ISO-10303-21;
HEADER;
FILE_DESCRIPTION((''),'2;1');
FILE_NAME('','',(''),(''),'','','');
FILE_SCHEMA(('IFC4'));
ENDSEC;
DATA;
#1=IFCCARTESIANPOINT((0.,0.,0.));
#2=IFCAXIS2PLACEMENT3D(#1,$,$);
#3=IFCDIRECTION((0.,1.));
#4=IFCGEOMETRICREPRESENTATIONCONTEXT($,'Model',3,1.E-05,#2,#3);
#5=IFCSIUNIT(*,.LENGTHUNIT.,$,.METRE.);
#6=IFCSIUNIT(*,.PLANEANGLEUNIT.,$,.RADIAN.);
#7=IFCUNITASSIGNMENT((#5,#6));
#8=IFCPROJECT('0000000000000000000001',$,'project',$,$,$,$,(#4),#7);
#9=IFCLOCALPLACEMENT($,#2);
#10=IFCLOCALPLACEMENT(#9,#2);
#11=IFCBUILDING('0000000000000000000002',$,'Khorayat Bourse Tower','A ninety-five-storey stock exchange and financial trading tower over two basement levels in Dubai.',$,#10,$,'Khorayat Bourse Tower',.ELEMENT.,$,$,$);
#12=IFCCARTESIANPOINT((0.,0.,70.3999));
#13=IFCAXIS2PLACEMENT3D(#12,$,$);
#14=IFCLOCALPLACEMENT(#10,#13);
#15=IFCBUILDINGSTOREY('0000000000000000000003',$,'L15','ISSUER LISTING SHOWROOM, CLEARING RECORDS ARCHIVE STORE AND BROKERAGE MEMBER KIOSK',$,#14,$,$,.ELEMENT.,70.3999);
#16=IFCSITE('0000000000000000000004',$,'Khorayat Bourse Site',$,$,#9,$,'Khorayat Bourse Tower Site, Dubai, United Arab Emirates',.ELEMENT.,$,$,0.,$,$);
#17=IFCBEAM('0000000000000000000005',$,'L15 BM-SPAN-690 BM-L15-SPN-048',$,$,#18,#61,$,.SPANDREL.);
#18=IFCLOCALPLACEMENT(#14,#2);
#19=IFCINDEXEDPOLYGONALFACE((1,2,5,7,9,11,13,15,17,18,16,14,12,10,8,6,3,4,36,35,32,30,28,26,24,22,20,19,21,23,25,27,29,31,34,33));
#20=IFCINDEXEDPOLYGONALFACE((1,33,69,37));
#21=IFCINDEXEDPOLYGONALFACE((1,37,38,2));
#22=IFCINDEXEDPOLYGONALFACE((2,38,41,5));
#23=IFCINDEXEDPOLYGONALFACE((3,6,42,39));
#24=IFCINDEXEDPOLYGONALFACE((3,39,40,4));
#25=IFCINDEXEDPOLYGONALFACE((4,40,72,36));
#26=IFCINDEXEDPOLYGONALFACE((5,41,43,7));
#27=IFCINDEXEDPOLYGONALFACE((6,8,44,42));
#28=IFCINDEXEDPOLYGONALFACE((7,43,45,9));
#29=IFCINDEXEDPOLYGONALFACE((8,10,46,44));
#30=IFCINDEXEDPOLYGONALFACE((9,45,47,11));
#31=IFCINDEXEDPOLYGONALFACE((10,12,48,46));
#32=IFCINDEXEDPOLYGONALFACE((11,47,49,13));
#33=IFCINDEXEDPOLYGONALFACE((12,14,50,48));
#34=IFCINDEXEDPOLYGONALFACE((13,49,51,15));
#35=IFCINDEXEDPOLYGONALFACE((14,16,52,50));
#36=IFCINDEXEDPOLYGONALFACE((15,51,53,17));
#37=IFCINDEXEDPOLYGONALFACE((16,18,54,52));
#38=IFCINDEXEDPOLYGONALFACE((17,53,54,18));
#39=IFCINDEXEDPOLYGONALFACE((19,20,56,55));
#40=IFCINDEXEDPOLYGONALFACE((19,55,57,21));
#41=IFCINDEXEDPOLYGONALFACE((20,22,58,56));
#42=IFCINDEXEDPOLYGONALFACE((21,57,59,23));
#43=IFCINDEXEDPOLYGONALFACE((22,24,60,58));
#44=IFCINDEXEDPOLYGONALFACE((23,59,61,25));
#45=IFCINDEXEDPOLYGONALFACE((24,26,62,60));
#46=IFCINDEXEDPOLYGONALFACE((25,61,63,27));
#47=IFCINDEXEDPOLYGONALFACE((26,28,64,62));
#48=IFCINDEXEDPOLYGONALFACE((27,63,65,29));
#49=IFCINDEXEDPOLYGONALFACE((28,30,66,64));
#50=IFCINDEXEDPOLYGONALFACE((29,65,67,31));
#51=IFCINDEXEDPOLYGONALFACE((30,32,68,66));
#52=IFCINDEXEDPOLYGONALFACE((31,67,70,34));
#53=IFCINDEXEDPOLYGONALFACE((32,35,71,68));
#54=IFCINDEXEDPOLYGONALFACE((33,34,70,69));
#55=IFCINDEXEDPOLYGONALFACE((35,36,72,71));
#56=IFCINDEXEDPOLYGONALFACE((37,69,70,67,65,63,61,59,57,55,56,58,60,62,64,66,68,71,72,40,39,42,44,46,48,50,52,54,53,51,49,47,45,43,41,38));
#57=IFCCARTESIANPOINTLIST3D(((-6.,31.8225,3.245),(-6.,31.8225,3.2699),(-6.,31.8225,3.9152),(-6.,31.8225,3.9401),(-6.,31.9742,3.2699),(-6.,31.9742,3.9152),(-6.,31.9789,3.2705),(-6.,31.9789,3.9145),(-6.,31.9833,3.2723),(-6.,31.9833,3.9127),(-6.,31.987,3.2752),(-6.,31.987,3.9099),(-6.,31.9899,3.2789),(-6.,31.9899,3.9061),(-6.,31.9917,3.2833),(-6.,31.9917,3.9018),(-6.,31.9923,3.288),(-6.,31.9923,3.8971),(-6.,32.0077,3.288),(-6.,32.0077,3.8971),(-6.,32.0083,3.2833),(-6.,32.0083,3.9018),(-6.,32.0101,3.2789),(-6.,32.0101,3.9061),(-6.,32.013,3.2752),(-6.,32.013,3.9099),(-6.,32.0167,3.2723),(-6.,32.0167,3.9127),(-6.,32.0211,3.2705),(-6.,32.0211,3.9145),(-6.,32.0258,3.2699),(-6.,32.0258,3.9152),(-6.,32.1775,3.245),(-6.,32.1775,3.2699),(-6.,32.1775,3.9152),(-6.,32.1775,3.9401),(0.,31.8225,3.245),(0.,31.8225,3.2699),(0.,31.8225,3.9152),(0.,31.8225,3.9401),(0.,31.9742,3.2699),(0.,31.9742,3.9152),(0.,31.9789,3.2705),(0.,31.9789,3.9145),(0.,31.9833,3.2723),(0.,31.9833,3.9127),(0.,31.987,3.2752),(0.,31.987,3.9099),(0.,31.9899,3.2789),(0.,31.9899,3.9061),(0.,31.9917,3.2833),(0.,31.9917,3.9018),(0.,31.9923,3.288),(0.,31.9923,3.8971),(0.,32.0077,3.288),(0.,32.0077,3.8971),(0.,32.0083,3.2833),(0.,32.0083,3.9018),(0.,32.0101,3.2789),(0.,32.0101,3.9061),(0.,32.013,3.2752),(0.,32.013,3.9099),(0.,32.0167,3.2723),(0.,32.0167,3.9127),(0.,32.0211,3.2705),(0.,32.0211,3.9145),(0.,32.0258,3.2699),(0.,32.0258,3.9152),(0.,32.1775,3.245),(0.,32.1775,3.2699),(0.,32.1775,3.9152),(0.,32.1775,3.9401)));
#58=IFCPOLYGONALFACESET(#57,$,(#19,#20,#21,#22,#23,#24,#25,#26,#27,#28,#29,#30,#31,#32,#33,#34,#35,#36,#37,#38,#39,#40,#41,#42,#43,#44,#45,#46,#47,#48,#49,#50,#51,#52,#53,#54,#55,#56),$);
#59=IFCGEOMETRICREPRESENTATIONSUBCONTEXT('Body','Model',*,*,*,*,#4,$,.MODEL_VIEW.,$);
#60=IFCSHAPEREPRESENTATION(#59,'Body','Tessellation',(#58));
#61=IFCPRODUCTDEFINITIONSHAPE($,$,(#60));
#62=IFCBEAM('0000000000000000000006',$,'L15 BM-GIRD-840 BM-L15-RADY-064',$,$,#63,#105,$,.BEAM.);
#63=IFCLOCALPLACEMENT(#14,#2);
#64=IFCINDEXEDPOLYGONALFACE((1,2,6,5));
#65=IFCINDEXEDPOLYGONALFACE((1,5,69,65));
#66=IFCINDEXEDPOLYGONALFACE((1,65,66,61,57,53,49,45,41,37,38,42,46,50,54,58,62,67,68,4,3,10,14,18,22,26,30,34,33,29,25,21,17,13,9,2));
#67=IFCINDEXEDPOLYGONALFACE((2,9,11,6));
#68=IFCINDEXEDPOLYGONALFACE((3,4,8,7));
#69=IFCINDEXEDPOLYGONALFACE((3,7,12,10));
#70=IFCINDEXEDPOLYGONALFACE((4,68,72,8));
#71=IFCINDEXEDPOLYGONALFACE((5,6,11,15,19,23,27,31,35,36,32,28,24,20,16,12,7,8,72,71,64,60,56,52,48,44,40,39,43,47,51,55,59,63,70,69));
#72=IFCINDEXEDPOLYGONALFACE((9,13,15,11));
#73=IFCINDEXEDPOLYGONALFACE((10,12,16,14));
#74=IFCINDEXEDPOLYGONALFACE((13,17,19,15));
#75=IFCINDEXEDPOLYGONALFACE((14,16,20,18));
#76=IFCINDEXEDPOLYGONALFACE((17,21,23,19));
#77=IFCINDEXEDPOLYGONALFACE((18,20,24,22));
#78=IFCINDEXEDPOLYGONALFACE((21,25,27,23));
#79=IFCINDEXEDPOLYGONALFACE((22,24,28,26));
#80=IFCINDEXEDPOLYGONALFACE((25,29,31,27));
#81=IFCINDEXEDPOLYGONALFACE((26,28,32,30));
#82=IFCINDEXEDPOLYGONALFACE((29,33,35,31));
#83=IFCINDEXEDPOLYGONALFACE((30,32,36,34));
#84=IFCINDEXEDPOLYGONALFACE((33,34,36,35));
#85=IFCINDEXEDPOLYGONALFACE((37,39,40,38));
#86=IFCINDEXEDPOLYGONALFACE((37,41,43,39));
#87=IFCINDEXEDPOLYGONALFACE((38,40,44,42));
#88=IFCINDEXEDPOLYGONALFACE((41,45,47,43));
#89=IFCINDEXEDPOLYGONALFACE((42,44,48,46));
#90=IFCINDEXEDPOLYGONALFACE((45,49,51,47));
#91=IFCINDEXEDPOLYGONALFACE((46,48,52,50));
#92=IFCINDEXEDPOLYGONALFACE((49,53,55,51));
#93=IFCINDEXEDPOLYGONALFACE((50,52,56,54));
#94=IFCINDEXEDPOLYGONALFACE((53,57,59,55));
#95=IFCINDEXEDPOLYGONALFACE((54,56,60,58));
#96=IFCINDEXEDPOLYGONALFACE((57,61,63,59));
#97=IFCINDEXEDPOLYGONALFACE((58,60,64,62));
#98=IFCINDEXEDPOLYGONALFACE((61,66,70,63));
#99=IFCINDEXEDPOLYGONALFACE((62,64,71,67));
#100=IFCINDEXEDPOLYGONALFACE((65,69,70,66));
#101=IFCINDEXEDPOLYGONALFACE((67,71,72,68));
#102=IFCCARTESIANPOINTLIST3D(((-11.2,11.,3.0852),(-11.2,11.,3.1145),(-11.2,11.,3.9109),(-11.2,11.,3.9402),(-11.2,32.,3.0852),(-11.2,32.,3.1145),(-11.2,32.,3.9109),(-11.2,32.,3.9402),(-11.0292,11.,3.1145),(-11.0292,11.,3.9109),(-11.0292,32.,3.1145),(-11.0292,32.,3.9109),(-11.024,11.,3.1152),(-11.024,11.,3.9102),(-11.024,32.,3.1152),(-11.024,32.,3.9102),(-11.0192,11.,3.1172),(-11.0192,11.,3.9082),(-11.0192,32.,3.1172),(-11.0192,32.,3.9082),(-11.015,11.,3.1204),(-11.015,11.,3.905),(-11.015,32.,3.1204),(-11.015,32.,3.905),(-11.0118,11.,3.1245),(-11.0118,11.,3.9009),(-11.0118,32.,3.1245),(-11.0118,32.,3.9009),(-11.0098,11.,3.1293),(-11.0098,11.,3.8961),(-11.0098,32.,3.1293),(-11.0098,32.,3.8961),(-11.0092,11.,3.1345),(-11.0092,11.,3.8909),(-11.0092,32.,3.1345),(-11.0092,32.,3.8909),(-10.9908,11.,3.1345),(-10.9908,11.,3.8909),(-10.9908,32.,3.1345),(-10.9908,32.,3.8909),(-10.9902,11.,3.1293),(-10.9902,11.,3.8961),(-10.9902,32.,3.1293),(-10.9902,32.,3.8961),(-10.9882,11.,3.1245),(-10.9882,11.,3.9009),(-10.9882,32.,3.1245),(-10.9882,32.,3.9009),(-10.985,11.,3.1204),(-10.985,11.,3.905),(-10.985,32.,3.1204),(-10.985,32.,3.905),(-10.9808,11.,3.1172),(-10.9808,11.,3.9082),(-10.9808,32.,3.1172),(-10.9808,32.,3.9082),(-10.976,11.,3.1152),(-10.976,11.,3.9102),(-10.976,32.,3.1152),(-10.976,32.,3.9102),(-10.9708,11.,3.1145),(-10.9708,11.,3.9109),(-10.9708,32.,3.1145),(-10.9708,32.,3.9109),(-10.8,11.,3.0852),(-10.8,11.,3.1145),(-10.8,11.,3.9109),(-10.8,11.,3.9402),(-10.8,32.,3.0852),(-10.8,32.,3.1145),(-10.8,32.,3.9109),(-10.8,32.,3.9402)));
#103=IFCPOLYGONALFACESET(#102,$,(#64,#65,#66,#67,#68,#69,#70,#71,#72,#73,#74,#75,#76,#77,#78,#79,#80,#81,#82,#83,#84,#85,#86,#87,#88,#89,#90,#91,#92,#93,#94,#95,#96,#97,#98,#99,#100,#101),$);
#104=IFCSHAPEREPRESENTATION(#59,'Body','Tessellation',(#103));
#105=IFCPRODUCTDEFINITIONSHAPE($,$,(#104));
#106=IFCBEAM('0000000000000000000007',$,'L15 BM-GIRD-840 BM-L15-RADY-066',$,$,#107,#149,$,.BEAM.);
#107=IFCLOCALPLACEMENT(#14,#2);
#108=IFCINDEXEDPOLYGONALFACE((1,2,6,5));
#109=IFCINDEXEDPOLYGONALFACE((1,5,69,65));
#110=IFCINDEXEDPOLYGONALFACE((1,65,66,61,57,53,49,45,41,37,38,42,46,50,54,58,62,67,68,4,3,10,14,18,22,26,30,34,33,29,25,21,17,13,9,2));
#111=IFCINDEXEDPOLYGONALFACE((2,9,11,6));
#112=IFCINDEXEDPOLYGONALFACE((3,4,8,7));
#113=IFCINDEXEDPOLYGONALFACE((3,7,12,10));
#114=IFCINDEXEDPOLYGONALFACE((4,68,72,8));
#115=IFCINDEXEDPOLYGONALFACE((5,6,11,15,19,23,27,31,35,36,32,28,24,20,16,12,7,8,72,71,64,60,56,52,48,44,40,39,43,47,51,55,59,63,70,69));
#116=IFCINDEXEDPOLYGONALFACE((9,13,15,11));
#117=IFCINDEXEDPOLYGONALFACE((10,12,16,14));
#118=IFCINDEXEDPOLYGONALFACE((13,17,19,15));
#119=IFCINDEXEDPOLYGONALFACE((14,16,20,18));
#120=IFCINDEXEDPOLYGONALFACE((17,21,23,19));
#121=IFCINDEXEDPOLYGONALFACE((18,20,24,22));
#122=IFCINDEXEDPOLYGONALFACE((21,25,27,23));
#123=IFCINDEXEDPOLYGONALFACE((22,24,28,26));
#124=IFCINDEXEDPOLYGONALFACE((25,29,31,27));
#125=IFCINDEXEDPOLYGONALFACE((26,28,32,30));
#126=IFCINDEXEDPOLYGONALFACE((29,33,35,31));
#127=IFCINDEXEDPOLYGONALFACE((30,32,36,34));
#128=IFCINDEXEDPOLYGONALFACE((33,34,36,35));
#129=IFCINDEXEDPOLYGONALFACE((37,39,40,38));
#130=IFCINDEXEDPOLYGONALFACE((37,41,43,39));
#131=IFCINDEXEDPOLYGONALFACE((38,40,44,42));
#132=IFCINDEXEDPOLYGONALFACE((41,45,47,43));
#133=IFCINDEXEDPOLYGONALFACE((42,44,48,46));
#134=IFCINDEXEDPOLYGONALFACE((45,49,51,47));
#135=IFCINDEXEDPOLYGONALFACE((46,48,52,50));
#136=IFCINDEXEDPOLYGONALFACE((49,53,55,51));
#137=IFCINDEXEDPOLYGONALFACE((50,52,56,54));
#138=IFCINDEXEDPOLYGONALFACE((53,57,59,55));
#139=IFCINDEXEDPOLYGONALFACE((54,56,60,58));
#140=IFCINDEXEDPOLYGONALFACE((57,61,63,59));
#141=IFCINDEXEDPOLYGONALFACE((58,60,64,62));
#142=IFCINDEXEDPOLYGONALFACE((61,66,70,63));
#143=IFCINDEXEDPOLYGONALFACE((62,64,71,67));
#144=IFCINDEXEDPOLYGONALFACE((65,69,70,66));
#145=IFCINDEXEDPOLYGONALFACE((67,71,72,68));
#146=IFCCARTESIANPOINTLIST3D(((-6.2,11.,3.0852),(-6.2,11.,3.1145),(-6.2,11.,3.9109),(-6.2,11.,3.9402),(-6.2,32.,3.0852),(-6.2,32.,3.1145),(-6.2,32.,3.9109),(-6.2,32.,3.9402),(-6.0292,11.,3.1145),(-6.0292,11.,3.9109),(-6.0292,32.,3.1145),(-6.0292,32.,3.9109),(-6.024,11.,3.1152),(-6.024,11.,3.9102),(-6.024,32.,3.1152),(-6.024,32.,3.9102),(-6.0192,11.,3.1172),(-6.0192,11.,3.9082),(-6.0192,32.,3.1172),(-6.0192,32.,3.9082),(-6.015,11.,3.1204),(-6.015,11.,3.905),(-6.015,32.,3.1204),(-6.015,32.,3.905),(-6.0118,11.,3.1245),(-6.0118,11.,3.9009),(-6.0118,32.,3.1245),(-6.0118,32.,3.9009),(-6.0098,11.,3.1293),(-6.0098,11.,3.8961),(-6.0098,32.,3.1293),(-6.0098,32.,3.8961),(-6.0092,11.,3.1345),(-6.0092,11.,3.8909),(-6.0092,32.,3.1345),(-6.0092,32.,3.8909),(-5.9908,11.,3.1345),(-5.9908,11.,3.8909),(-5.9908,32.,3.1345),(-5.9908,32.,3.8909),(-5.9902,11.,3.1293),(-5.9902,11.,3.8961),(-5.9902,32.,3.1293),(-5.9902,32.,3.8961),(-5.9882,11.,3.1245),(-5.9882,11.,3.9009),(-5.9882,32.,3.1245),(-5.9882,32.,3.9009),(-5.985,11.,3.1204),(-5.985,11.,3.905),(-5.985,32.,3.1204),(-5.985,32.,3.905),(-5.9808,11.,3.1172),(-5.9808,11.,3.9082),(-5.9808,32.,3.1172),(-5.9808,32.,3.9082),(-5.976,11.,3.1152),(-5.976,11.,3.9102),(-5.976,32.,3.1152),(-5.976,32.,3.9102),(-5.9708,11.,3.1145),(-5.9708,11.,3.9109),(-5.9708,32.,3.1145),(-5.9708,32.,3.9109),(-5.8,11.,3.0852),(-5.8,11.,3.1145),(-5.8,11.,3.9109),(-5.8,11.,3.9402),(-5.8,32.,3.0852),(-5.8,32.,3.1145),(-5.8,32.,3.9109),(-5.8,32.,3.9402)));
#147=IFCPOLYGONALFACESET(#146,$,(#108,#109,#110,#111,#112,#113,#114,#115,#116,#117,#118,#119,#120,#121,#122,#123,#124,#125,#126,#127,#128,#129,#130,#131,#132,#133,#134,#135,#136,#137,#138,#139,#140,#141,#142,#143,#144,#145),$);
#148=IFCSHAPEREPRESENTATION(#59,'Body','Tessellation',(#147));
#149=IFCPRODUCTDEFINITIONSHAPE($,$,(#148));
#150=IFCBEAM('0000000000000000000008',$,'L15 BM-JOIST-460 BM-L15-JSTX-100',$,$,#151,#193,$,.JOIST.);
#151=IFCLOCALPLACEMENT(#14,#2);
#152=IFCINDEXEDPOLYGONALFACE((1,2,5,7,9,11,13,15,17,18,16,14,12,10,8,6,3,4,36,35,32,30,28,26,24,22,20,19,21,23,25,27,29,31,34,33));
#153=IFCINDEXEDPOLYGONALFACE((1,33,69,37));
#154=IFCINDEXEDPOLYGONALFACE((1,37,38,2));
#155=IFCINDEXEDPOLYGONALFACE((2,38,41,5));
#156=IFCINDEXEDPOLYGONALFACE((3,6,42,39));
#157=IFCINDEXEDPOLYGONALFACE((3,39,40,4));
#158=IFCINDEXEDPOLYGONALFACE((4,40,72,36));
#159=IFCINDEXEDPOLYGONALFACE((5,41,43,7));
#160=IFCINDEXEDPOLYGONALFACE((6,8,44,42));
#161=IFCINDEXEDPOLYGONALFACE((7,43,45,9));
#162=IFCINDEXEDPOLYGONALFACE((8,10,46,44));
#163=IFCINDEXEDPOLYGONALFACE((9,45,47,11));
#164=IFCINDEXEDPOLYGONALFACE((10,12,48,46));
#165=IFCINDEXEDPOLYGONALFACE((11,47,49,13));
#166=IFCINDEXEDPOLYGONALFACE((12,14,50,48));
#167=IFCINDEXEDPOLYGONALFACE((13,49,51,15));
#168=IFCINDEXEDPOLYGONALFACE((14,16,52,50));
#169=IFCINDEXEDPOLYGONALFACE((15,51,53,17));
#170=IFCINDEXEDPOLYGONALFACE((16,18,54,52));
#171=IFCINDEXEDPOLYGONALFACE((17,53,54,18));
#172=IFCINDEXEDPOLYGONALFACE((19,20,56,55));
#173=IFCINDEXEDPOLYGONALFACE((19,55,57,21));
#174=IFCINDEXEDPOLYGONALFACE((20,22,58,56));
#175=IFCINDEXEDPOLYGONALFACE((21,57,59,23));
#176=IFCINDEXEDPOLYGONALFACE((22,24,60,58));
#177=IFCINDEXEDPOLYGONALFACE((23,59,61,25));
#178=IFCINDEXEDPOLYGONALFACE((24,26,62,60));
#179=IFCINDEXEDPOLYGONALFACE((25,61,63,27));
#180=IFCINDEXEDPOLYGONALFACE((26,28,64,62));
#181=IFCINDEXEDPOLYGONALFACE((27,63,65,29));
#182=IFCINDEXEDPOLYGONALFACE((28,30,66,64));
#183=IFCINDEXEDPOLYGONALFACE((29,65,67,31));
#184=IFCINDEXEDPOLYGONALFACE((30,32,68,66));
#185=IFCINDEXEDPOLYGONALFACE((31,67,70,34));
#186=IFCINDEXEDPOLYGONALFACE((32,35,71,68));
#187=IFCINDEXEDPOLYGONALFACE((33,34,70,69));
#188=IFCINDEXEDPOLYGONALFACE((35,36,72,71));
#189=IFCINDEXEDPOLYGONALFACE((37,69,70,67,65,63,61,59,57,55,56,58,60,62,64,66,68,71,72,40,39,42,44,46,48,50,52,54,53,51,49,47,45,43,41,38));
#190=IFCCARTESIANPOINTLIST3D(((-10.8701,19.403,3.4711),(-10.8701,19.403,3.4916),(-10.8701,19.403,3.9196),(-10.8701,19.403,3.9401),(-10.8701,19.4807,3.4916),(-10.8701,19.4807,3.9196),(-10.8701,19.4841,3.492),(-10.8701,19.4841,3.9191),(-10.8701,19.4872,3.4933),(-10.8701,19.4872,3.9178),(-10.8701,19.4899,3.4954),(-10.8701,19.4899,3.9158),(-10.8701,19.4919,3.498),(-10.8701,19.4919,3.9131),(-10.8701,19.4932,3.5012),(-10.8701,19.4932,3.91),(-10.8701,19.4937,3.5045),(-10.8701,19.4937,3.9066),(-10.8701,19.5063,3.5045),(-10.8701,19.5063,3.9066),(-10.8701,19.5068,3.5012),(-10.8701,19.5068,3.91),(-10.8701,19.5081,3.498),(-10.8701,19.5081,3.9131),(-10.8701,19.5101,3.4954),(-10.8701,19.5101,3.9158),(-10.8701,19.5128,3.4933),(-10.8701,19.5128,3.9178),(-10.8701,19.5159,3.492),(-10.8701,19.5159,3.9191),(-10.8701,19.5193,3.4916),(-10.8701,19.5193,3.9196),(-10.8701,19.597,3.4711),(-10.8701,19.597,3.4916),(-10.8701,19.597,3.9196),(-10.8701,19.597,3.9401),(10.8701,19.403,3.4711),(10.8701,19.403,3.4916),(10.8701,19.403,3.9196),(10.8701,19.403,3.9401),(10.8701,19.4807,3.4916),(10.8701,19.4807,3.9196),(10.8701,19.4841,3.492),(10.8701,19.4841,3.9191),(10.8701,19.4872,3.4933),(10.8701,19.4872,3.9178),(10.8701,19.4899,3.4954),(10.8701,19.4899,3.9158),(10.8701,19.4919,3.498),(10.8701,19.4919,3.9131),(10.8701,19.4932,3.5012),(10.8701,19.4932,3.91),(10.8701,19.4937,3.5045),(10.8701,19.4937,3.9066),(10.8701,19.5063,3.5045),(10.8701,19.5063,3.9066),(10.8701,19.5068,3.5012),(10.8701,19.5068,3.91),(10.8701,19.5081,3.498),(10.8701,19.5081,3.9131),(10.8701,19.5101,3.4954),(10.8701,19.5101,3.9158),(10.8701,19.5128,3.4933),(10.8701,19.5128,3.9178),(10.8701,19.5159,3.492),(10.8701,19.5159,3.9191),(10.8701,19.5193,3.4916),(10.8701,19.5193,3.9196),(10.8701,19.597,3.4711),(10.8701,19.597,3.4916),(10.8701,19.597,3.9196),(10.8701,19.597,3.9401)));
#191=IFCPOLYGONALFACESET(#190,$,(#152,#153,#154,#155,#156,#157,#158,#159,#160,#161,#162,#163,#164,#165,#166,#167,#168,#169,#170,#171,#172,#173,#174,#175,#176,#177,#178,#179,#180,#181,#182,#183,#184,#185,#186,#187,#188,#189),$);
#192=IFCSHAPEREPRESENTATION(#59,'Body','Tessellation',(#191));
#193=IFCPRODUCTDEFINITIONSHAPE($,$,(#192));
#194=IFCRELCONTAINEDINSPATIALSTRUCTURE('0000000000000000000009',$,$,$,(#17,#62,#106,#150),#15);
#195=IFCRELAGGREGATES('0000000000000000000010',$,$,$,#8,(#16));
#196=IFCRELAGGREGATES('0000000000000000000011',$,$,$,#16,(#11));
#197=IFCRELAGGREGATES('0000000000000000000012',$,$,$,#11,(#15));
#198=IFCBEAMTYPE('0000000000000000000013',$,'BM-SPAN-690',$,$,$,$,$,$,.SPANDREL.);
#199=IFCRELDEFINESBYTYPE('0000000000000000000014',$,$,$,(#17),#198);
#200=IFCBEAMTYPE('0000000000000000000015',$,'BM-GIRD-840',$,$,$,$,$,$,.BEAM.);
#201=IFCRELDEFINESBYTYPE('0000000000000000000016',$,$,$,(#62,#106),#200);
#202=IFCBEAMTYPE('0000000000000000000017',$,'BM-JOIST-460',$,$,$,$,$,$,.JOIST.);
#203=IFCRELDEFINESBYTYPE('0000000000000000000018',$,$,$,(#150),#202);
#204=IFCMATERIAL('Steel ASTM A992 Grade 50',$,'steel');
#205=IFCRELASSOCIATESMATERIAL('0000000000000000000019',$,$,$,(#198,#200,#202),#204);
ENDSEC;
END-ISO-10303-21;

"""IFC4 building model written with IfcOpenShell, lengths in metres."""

from ifc_helpers import new_model, si_unit, direction, frame, origin, origin_2d, place, context, subcontext, project, spatial, i_section, extrude, source, transform, mapped, material, material_profile, profile_set, type_object, element, save


model = new_model("IFC4")

# Units and contexts
model_context = context("Model", 3, precision=1e-05, world=origin(), true_north=direction((0.0, 1.0)))
body_context = subcontext(model_context, "Body", "Model", "MODEL_VIEW")
ifc_project = project(units=[si_unit("LENGTHUNIT", "METRE"), si_unit("PLANEANGLEUNIT", "RADIAN")], contexts=[model_context])

# Site, building, storey
site_placement = place(None, origin())
site = spatial("IfcSite", under=ifc_project, at=site_placement, Name="Khorayat Bourse Site", LongName="Khorayat Bourse Tower Site, Dubai, United Arab Emirates", CompositionType="ELEMENT", RefElevation=0.0)
building_placement = place(site_placement, origin())
building = spatial("IfcBuilding", under=site, at=building_placement, Name="Khorayat Bourse Tower", Description="A ninety-five-storey stock exchange and financial trading tower over two basement levels in Dubai.", LongName="Khorayat Bourse Tower", CompositionType="ELEMENT")
storey_placement = place(building_placement, frame((0.0, 0.0, 70.3999)))
storey = spatial("IfcBuildingStorey", under=building, at=storey_placement, Name="L15", Description="ISSUER LISTING SHOWROOM, CLEARING RECORDS ARCHIVE STORE AND BROKERAGE MEMBER KIOSK", CompositionType="ELEMENT", Elevation=70.3999)

# Beams
ifc_material_1 = material(Name="Steel ASTM A992 Grade 50", Category="steel")
ifc_material_profile_1 = material_profile(ifc_material_1, i_section(OverallWidth=0.355, OverallDepth=0.6951, WebThickness=0.0154, FlangeThickness=0.0249, FilletRadius=0.0181, at=origin_2d()), Name="W690X217")
ifc_profile_set_1 = profile_set([ifc_material_profile_1], Name="Steel ASTM A992 Grade 50")
beam_type_1 = type_object("IfcBeamType", Name="BM-SPAN-690", PredefinedType="SPANDREL", material=ifc_profile_set_1)
shared_shape_1 = source(origin(), body_context, "Body", "SweptSolid", [
    extrude(i_section(OverallWidth=0.355, OverallDepth=0.6951, WebThickness=0.0154, FlangeThickness=0.0249, FilletRadius=0.0181, at=origin_2d()), origin(), (0.0, 0.0, 1.0), 6.0),
])
beam_1_placement = place(storey_placement, frame((-6.0, 32.0, 3.5925), z_axis=(1.0, 0.0, 0.0), x_axis=(0.0, 1.0, 0.0)))
element("IfcBeam", 1, at=beam_1_placement, inside=storey, type_object=beam_type_1, Name="L15 BM-SPAN-690 BM-L15-SPN-048", PredefinedType="SPANDREL", context=body_context, shape_type="MappedRepresentation", body=[
    mapped(shared_shape_1, transform((0.0, 0.0, 0.0), scale=1.0)),
])
ifc_material_profile_2 = material_profile(ifc_material_1, i_section(OverallWidth=0.3999, OverallDepth=0.855, WebThickness=0.0183, FlangeThickness=0.0293, FilletRadius=0.02, at=origin_2d()), Name="W840X299")
ifc_profile_set_2 = profile_set([ifc_material_profile_2], Name="Steel ASTM A992 Grade 50")
beam_type_2 = type_object("IfcBeamType", Name="BM-GIRD-840", PredefinedType="BEAM", material=ifc_profile_set_2)
shared_shape_2 = source(origin(), body_context, "Body", "SweptSolid", [
    extrude(i_section(OverallWidth=0.3999, OverallDepth=0.855, WebThickness=0.0183, FlangeThickness=0.0293, FilletRadius=0.02, at=origin_2d()), origin(), (0.0, 0.0, 1.0), 21.0),
])
for number, where, z_axis, x_axis, name in (
    (2, (-11.0, 11.0, 3.5127), (0.0, 1.0, 0.0), (-1.0, 0.0, 0.0), "L15 BM-GIRD-840 BM-L15-RADY-064"),
    (3, (-6.0, 11.0, 3.5127), (0.0, 1.0, 0.0), (-1.0, 0.0, 0.0), "L15 BM-GIRD-840 BM-L15-RADY-066"),
):
    element("IfcBeam", number, at=place(storey_placement, frame(where, z_axis=z_axis, x_axis=x_axis)), inside=storey, type_object=beam_type_2, Name=name, PredefinedType="BEAM", context=body_context, shape_type="MappedRepresentation", body=[
        mapped(shared_shape_2, transform((0.0, 0.0, 0.0), scale=1.0)),
    ])
ifc_material_profile_3 = material_profile(ifc_material_1, i_section(OverallWidth=0.1941, OverallDepth=0.469, WebThickness=0.0127, FlangeThickness=0.0205, FilletRadius=0.0129, at=origin_2d()), Name="W460X106")
ifc_profile_set_3 = profile_set([ifc_material_profile_3], Name="Steel ASTM A992 Grade 50")
beam_type_3 = type_object("IfcBeamType", Name="BM-JOIST-460", PredefinedType="JOIST", material=ifc_profile_set_3)
shared_shape_3 = source(origin(), body_context, "Body", "SweptSolid", [
    extrude(i_section(OverallWidth=0.1941, OverallDepth=0.469, WebThickness=0.0127, FlangeThickness=0.0205, FilletRadius=0.0129, at=origin_2d()), origin(), (0.0, 0.0, 1.0), 21.7402),
])
beam_2_placement = place(storey_placement, frame((-10.8701, 19.5, 3.7056), z_axis=(1.0, 0.0, 0.0), x_axis=(0.0, 1.0, 0.0)))
element("IfcBeam", 4, at=beam_2_placement, inside=storey, type_object=beam_type_3, Name="L15 BM-JOIST-460 BM-L15-JSTX-100", PredefinedType="JOIST", context=body_context, shape_type="MappedRepresentation", body=[
    mapped(shared_shape_3, transform((0.0, 0.0, 0.0), scale=1.0)),
])

save(model, "model.ifc")
